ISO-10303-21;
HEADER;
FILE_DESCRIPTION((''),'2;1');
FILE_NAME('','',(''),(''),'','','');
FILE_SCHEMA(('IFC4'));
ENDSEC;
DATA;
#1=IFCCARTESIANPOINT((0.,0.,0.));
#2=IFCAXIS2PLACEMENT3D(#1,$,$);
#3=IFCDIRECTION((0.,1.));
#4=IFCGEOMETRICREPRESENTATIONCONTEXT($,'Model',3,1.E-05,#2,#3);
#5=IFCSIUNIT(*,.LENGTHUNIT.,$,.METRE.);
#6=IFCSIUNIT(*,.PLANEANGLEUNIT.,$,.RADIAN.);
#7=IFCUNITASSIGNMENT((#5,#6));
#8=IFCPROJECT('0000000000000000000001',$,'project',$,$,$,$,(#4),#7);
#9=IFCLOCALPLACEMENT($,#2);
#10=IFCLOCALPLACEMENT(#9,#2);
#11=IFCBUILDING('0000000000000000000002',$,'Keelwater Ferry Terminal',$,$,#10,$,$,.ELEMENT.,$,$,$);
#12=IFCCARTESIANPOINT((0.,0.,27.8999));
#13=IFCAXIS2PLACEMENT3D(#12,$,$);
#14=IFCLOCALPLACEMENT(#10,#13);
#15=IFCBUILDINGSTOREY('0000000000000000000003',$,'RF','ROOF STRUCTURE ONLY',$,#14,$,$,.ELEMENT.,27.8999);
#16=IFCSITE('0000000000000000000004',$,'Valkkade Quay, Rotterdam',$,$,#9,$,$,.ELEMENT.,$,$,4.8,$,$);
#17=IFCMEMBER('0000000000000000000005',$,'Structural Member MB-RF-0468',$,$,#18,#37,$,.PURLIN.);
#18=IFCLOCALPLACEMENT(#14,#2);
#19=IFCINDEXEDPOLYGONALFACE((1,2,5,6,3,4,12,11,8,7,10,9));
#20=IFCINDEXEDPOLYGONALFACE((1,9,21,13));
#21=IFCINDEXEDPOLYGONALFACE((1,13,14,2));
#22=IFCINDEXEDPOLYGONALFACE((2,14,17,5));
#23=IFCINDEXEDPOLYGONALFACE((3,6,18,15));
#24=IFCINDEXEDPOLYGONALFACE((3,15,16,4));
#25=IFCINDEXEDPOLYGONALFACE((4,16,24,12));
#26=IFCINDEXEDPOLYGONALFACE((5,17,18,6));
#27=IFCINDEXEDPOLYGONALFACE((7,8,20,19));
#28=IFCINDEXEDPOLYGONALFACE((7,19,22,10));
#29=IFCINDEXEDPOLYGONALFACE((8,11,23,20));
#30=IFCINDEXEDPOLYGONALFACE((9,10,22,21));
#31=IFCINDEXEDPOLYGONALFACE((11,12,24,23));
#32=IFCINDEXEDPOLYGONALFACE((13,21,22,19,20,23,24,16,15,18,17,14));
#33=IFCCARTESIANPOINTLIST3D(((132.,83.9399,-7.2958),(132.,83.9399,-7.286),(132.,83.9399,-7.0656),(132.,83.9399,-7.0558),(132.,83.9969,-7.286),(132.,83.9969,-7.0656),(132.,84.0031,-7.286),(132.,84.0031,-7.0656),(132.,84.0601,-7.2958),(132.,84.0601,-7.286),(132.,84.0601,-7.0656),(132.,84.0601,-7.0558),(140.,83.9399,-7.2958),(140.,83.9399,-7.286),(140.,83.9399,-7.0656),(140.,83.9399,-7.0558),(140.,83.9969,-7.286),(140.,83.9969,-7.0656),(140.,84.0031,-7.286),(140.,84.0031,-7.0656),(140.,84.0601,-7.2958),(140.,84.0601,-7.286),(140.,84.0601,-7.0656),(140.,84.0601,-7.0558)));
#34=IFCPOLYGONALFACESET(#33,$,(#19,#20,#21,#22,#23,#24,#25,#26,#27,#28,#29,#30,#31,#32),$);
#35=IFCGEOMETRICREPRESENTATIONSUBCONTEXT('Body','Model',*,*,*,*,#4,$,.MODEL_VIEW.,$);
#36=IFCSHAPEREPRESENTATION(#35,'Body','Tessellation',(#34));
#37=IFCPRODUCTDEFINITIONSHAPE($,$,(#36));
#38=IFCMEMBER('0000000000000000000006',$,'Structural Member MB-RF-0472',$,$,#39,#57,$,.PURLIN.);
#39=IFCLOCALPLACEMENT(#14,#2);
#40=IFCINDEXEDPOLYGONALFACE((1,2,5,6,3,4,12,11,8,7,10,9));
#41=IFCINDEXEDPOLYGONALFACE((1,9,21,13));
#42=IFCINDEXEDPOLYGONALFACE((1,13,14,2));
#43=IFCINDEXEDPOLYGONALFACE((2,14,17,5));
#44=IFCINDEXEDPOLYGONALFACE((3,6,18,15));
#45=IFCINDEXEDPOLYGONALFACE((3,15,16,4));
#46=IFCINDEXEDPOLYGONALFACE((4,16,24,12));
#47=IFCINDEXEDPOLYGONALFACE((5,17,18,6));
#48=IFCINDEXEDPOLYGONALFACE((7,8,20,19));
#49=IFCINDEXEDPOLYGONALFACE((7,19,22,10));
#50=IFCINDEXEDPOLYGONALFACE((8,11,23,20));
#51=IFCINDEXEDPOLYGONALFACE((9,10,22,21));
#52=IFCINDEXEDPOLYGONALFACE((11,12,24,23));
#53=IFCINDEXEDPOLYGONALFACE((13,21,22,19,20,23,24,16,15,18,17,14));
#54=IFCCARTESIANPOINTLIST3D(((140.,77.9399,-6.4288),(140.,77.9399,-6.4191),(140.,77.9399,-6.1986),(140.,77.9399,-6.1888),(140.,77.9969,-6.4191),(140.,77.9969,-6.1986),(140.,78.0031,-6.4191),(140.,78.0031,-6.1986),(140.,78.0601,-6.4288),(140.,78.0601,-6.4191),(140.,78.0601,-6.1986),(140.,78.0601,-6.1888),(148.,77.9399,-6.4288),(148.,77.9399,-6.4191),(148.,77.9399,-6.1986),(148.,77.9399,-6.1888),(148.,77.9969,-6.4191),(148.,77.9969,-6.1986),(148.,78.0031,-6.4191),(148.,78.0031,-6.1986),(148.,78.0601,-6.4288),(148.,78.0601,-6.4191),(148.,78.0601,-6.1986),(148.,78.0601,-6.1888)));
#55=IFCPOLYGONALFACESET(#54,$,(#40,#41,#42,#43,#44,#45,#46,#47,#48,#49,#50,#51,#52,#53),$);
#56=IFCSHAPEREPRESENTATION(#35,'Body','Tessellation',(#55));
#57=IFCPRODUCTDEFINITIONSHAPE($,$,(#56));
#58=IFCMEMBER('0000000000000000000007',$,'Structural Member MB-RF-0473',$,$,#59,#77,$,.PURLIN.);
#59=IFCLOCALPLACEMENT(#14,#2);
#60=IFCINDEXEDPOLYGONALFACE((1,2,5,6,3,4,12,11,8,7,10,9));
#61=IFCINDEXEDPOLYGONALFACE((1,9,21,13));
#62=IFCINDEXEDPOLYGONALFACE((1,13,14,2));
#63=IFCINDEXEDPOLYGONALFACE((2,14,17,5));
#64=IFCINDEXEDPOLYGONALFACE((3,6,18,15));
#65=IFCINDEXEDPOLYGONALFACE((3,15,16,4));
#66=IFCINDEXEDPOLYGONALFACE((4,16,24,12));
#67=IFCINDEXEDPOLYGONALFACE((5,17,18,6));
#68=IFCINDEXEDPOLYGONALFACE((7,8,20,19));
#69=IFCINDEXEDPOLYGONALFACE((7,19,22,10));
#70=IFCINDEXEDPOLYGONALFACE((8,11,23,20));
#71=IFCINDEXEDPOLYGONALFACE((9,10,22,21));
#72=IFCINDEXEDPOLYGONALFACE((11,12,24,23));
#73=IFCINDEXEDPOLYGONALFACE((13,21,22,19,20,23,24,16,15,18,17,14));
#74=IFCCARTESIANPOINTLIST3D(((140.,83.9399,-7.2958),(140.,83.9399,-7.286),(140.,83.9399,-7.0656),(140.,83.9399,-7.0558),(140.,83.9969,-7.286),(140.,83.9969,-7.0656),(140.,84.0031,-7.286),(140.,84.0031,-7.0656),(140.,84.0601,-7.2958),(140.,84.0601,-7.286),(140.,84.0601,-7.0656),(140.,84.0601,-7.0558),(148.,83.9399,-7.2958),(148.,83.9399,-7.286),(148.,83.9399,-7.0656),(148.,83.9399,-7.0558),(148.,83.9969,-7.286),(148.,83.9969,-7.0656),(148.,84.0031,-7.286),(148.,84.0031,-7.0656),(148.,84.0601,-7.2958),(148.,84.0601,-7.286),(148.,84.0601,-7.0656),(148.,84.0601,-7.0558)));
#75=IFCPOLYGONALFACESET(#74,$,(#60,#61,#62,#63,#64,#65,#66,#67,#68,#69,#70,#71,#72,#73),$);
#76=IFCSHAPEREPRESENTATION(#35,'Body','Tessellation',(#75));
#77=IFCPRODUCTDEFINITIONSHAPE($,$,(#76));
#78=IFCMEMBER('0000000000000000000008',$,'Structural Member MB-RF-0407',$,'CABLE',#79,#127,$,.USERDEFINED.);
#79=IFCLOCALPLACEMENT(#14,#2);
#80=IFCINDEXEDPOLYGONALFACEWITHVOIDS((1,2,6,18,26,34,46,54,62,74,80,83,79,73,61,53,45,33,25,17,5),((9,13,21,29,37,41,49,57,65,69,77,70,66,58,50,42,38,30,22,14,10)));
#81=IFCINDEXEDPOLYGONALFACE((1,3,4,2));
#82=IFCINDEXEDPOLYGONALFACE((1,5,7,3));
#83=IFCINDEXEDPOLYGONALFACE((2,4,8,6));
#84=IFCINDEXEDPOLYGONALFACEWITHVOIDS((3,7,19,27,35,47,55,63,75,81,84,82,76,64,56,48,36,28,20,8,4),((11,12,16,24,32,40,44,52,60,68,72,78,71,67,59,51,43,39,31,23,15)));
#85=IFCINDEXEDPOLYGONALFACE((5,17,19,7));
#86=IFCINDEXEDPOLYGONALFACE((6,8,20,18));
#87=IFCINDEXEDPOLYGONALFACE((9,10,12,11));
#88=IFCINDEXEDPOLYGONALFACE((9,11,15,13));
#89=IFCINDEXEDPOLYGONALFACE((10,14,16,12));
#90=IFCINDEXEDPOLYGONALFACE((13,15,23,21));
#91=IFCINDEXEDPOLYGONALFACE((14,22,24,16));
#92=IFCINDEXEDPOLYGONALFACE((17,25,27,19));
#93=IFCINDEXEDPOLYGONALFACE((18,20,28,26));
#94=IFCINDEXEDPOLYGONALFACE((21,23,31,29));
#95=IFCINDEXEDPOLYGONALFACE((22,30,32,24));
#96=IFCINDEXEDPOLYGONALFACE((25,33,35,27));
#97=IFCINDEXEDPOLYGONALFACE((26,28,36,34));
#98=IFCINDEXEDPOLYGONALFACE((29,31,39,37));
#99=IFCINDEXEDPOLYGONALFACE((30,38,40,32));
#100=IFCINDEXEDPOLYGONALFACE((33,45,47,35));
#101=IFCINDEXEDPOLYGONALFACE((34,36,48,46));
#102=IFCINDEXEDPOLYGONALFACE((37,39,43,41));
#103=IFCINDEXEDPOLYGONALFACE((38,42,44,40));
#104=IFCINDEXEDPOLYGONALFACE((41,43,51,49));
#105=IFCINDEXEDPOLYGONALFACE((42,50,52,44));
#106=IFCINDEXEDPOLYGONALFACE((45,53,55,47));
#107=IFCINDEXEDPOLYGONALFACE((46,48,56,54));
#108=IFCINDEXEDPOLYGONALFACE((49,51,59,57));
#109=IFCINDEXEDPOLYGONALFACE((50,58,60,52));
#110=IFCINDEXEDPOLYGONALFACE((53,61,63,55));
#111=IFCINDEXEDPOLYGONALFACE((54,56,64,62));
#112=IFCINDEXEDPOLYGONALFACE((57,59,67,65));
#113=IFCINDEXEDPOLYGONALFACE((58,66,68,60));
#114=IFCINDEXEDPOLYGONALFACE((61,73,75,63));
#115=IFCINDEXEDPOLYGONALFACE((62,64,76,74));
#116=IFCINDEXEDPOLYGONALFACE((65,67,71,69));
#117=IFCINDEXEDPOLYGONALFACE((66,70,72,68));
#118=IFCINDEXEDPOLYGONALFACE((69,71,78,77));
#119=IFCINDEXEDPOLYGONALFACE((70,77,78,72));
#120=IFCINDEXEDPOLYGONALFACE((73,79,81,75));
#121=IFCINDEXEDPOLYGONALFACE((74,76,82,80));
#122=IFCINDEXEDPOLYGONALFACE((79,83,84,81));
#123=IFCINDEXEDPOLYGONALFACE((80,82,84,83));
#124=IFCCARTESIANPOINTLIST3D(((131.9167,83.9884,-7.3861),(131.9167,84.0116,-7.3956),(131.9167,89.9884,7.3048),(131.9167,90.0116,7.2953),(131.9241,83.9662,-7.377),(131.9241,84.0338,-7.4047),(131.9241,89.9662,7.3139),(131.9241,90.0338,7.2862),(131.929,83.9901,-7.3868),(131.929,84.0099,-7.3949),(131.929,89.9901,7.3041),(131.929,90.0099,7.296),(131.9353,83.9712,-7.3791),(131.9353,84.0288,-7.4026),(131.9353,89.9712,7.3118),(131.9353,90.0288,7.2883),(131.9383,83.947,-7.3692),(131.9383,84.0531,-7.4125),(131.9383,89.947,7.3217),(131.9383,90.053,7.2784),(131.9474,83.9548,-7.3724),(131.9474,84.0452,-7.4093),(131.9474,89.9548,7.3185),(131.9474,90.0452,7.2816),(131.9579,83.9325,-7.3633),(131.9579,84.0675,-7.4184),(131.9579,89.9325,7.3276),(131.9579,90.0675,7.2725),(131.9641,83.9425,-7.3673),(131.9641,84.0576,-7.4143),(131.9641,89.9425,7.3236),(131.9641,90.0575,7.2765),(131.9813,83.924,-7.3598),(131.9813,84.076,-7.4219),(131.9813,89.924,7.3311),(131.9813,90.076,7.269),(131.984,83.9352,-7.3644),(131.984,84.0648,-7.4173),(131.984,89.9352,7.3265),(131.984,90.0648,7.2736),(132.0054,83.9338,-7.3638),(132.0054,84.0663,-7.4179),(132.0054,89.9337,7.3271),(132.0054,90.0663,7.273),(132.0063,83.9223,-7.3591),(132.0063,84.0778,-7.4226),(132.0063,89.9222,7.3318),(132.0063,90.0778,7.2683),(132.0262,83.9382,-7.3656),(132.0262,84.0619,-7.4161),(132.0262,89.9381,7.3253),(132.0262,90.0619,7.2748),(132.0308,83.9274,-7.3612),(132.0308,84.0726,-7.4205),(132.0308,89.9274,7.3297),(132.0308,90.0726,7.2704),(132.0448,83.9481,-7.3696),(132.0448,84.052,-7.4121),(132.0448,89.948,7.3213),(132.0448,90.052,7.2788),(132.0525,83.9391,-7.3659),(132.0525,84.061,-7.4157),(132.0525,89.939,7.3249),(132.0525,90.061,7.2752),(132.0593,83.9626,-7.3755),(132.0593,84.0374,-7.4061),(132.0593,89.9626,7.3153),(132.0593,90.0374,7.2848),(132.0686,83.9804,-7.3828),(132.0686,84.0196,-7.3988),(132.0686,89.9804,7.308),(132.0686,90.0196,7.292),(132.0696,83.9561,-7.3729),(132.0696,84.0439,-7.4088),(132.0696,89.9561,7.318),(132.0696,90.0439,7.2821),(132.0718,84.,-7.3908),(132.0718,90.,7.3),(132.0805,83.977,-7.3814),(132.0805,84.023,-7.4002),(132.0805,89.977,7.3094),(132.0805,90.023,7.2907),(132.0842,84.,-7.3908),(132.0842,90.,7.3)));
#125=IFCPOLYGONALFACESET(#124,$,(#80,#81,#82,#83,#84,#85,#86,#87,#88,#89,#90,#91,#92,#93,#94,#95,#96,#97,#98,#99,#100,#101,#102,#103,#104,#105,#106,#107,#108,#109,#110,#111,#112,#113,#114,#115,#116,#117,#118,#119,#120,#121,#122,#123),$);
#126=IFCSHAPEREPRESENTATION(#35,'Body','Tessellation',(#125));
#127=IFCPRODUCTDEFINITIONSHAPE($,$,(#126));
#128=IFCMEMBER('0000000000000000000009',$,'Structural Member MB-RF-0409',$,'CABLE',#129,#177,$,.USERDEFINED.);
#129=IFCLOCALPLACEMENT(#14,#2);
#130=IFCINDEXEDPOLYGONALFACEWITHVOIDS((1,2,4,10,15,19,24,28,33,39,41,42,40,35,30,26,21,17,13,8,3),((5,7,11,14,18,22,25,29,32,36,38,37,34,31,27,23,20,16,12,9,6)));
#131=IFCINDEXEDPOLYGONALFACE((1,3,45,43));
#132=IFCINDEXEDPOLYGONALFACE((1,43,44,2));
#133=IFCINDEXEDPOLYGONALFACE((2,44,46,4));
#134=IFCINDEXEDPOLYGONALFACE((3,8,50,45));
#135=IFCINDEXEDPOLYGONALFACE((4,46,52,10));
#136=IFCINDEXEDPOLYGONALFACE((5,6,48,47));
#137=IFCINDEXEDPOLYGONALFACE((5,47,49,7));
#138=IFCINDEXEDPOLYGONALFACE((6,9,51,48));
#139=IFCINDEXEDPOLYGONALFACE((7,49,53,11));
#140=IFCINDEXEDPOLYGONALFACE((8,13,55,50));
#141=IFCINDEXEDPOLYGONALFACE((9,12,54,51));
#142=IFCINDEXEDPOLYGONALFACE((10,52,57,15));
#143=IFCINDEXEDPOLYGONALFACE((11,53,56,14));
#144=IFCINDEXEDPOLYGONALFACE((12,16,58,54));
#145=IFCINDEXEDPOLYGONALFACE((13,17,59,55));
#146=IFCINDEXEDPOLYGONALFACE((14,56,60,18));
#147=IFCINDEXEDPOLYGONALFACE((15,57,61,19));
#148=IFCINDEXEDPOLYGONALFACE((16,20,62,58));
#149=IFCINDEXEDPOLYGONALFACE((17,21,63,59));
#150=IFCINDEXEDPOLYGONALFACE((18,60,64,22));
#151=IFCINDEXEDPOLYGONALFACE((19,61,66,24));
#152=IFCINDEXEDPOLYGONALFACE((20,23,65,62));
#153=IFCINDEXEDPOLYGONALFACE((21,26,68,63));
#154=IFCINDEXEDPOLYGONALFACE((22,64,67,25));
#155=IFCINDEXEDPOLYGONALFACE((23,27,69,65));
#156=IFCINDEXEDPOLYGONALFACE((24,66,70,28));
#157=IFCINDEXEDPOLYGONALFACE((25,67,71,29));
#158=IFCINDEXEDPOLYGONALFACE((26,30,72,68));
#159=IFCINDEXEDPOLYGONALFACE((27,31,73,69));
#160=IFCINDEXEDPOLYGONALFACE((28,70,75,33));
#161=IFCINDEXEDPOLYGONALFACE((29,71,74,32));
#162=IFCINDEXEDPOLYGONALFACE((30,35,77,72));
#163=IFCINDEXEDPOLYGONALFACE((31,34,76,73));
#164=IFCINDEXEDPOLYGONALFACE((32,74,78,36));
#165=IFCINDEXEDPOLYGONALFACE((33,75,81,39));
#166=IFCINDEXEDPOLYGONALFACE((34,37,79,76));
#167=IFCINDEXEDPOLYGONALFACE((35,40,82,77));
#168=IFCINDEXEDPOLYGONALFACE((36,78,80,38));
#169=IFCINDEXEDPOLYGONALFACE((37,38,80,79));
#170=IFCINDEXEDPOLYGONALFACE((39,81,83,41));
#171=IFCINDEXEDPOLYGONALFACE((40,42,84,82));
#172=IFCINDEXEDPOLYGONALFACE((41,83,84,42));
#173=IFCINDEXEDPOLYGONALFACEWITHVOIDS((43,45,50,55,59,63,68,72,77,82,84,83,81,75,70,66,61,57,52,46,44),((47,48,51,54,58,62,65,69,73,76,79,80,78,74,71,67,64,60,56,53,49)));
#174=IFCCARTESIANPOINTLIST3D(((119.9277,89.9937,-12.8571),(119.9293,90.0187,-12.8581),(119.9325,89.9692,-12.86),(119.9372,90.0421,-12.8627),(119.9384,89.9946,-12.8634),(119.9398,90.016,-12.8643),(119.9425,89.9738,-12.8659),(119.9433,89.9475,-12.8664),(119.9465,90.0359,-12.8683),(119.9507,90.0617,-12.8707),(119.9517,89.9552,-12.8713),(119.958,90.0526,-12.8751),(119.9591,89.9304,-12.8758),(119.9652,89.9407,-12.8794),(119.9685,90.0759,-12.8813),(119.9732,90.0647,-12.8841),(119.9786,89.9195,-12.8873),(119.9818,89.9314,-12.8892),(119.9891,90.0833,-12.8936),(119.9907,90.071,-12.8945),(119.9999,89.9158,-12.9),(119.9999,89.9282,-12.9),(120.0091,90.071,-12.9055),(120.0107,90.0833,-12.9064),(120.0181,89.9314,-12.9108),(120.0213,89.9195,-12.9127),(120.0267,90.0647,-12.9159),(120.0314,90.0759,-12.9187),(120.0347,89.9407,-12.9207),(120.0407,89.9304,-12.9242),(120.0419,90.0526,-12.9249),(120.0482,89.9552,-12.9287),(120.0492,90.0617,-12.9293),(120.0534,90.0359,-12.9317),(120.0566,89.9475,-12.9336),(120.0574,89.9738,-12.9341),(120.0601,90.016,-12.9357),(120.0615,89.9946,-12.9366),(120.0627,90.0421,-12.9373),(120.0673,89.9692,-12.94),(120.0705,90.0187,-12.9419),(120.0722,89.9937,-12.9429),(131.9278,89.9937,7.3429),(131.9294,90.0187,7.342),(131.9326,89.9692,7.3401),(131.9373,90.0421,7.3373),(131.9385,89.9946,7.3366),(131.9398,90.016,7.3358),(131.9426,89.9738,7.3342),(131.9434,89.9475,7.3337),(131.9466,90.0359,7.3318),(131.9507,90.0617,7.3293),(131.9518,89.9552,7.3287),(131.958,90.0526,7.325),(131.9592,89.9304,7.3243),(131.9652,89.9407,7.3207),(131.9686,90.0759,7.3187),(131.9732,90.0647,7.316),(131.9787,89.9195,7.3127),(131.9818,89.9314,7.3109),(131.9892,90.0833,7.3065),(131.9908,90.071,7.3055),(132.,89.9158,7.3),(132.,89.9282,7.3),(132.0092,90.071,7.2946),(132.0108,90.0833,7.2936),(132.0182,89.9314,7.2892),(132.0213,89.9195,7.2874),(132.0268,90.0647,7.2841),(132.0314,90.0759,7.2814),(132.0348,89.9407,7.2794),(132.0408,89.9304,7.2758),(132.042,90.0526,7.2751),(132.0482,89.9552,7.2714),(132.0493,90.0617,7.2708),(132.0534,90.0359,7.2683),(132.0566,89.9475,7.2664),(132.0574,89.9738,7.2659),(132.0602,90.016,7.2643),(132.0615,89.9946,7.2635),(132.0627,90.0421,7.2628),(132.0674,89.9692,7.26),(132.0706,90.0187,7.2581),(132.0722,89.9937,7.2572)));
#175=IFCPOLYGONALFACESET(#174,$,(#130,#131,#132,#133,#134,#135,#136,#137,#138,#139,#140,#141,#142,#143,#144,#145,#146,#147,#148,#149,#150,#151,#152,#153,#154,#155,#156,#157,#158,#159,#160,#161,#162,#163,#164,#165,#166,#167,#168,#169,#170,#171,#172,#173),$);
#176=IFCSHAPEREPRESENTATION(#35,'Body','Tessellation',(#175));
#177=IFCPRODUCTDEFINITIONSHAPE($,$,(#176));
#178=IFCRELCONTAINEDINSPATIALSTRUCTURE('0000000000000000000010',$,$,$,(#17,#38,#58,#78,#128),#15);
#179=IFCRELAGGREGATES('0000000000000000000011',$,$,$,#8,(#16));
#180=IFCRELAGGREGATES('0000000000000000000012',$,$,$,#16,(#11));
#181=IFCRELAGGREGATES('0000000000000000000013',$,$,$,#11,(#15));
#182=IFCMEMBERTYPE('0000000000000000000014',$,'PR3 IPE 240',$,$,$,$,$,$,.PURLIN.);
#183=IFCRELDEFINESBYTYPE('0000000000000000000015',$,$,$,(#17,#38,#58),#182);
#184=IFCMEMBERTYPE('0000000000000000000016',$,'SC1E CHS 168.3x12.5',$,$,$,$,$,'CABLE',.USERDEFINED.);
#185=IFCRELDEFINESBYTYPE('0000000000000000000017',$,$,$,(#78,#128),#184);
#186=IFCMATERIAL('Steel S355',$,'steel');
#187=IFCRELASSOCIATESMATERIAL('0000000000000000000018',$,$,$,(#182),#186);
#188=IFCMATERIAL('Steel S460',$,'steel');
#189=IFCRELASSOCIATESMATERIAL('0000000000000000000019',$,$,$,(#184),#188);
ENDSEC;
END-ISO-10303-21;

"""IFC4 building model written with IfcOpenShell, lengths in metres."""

from ifc_helpers import new_model, si_unit, direction, frame, origin, origin_2d, place, context, subcontext, project, spatial, hollow_circle, i_section, extrude, material, material_profile, profile_set, type_object, element, save


model = new_model("IFC4")

# Units and contexts
model_context = context("Model", 3, precision=1e-05, world=origin(), true_north=direction((0.0, 1.0)))
body_context = subcontext(model_context, "Body", "Model", "MODEL_VIEW")
ifc_project = project(units=[si_unit("LENGTHUNIT", "METRE"), si_unit("PLANEANGLEUNIT", "RADIAN")], contexts=[model_context])

# Site, building, storey
site_placement = place(None, origin())
site = spatial("IfcSite", under=ifc_project, at=site_placement, Name="Valkkade Quay, Rotterdam", CompositionType="ELEMENT", RefElevation=4.8)
building_placement = place(site_placement, origin())
building = spatial("IfcBuilding", under=site, at=building_placement, Name="Keelwater Ferry Terminal", CompositionType="ELEMENT")
storey_placement = place(building_placement, frame((0.0, 0.0, 27.8999)))
storey = spatial("IfcBuildingStorey", under=building, at=storey_placement, Name="RF", Description="ROOF STRUCTURE ONLY", CompositionType="ELEMENT", Elevation=27.8999)

# Members
ifc_material_1 = material(Name="Steel S355", Category="steel")
ifc_material_profile_1 = material_profile(ifc_material_1, i_section(OverallWidth=0.1201, OverallDepth=0.24, WebThickness=0.0061, FlangeThickness=0.0098, at=origin_2d()), Name="IPE 240")
ifc_profile_set_1 = profile_set([ifc_material_profile_1], Name="Steel S355")
member_type_1 = type_object("IfcMemberType", Name="PR3 IPE 240", PredefinedType="PURLIN", material=ifc_profile_set_1)
for number, where, z_axis, x_axis, name in (
    (1, (132.0, 84.0, -7.1758), (1.0, 0.0, 0.0), (0.0, 1.0, 0.0), "Structural Member MB-RF-0468"),
    (2, (140.0, 78.0, -6.3088), (1.0, 0.0, 0.0), (0.0, 1.0, 0.0), "Structural Member MB-RF-0472"),
    (3, (140.0, 84.0, -7.1758), (1.0, 0.0, 0.0), (0.0, 1.0, 0.0), "Structural Member MB-RF-0473"),
):
    element("IfcMember", number, at=place(storey_placement, frame(where, z_axis=z_axis, x_axis=x_axis)), inside=storey, type_object=member_type_1, Name=name, PredefinedType="PURLIN", context=body_context, shape_type="SweptSolid", body=[
        extrude(i_section(OverallWidth=0.1201, OverallDepth=0.24, WebThickness=0.0061, FlangeThickness=0.0098, at=origin_2d()), origin(), (0.0, 0.0, 1.0), 8.0),
    ])
ifc_material_2 = material(Name="Steel S460", Category="steel")
ifc_material_profile_2 = material_profile(ifc_material_2, hollow_circle(Radius=0.0842, WallThickness=0.0125, at=origin_2d()), Name="CHS 168.3x12.5")
ifc_profile_set_2 = profile_set([ifc_material_profile_2], Name="Steel S460")
member_type_2 = type_object("IfcMemberType", Name="SC1E CHS 168.3x12.5", ElementType="CABLE", PredefinedType="USERDEFINED", material=ifc_profile_set_2)
member_1_placement = place(storey_placement, frame((132.0, 90.0, 7.3), z_axis=(0.0, -0.378097, -0.925766), x_axis=(1.0, 0.0, 0.0)))
element("IfcMember", 4, at=member_1_placement, inside=storey, type_object=member_type_2, Name="Structural Member MB-RF-0407", ObjectType="CABLE", PredefinedType="USERDEFINED", context=body_context, shape_type="SweptSolid", body=[
    extrude(hollow_circle(Radius=0.0842, WallThickness=0.0125, at=origin_2d()), origin(), (0.0, 0.0, 1.0), 15.8689),
])
member_2_placement = place(storey_placement, frame((132.0, 90.0, 7.3), z_axis=(-0.510736, 0.0, -0.859737), x_axis=(0.0, -1.0, 0.0)))
element("IfcMember", 5, at=member_2_placement, inside=storey, type_object=member_type_2, Name="Structural Member MB-RF-0409", ObjectType="CABLE", PredefinedType="USERDEFINED", context=body_context, shape_type="SweptSolid", body=[
    extrude(hollow_circle(Radius=0.0842, WallThickness=0.0125, at=origin_2d()), origin(), (0.0, 0.0, 1.0), 23.4956),
])

save(model, "model.ifc")
